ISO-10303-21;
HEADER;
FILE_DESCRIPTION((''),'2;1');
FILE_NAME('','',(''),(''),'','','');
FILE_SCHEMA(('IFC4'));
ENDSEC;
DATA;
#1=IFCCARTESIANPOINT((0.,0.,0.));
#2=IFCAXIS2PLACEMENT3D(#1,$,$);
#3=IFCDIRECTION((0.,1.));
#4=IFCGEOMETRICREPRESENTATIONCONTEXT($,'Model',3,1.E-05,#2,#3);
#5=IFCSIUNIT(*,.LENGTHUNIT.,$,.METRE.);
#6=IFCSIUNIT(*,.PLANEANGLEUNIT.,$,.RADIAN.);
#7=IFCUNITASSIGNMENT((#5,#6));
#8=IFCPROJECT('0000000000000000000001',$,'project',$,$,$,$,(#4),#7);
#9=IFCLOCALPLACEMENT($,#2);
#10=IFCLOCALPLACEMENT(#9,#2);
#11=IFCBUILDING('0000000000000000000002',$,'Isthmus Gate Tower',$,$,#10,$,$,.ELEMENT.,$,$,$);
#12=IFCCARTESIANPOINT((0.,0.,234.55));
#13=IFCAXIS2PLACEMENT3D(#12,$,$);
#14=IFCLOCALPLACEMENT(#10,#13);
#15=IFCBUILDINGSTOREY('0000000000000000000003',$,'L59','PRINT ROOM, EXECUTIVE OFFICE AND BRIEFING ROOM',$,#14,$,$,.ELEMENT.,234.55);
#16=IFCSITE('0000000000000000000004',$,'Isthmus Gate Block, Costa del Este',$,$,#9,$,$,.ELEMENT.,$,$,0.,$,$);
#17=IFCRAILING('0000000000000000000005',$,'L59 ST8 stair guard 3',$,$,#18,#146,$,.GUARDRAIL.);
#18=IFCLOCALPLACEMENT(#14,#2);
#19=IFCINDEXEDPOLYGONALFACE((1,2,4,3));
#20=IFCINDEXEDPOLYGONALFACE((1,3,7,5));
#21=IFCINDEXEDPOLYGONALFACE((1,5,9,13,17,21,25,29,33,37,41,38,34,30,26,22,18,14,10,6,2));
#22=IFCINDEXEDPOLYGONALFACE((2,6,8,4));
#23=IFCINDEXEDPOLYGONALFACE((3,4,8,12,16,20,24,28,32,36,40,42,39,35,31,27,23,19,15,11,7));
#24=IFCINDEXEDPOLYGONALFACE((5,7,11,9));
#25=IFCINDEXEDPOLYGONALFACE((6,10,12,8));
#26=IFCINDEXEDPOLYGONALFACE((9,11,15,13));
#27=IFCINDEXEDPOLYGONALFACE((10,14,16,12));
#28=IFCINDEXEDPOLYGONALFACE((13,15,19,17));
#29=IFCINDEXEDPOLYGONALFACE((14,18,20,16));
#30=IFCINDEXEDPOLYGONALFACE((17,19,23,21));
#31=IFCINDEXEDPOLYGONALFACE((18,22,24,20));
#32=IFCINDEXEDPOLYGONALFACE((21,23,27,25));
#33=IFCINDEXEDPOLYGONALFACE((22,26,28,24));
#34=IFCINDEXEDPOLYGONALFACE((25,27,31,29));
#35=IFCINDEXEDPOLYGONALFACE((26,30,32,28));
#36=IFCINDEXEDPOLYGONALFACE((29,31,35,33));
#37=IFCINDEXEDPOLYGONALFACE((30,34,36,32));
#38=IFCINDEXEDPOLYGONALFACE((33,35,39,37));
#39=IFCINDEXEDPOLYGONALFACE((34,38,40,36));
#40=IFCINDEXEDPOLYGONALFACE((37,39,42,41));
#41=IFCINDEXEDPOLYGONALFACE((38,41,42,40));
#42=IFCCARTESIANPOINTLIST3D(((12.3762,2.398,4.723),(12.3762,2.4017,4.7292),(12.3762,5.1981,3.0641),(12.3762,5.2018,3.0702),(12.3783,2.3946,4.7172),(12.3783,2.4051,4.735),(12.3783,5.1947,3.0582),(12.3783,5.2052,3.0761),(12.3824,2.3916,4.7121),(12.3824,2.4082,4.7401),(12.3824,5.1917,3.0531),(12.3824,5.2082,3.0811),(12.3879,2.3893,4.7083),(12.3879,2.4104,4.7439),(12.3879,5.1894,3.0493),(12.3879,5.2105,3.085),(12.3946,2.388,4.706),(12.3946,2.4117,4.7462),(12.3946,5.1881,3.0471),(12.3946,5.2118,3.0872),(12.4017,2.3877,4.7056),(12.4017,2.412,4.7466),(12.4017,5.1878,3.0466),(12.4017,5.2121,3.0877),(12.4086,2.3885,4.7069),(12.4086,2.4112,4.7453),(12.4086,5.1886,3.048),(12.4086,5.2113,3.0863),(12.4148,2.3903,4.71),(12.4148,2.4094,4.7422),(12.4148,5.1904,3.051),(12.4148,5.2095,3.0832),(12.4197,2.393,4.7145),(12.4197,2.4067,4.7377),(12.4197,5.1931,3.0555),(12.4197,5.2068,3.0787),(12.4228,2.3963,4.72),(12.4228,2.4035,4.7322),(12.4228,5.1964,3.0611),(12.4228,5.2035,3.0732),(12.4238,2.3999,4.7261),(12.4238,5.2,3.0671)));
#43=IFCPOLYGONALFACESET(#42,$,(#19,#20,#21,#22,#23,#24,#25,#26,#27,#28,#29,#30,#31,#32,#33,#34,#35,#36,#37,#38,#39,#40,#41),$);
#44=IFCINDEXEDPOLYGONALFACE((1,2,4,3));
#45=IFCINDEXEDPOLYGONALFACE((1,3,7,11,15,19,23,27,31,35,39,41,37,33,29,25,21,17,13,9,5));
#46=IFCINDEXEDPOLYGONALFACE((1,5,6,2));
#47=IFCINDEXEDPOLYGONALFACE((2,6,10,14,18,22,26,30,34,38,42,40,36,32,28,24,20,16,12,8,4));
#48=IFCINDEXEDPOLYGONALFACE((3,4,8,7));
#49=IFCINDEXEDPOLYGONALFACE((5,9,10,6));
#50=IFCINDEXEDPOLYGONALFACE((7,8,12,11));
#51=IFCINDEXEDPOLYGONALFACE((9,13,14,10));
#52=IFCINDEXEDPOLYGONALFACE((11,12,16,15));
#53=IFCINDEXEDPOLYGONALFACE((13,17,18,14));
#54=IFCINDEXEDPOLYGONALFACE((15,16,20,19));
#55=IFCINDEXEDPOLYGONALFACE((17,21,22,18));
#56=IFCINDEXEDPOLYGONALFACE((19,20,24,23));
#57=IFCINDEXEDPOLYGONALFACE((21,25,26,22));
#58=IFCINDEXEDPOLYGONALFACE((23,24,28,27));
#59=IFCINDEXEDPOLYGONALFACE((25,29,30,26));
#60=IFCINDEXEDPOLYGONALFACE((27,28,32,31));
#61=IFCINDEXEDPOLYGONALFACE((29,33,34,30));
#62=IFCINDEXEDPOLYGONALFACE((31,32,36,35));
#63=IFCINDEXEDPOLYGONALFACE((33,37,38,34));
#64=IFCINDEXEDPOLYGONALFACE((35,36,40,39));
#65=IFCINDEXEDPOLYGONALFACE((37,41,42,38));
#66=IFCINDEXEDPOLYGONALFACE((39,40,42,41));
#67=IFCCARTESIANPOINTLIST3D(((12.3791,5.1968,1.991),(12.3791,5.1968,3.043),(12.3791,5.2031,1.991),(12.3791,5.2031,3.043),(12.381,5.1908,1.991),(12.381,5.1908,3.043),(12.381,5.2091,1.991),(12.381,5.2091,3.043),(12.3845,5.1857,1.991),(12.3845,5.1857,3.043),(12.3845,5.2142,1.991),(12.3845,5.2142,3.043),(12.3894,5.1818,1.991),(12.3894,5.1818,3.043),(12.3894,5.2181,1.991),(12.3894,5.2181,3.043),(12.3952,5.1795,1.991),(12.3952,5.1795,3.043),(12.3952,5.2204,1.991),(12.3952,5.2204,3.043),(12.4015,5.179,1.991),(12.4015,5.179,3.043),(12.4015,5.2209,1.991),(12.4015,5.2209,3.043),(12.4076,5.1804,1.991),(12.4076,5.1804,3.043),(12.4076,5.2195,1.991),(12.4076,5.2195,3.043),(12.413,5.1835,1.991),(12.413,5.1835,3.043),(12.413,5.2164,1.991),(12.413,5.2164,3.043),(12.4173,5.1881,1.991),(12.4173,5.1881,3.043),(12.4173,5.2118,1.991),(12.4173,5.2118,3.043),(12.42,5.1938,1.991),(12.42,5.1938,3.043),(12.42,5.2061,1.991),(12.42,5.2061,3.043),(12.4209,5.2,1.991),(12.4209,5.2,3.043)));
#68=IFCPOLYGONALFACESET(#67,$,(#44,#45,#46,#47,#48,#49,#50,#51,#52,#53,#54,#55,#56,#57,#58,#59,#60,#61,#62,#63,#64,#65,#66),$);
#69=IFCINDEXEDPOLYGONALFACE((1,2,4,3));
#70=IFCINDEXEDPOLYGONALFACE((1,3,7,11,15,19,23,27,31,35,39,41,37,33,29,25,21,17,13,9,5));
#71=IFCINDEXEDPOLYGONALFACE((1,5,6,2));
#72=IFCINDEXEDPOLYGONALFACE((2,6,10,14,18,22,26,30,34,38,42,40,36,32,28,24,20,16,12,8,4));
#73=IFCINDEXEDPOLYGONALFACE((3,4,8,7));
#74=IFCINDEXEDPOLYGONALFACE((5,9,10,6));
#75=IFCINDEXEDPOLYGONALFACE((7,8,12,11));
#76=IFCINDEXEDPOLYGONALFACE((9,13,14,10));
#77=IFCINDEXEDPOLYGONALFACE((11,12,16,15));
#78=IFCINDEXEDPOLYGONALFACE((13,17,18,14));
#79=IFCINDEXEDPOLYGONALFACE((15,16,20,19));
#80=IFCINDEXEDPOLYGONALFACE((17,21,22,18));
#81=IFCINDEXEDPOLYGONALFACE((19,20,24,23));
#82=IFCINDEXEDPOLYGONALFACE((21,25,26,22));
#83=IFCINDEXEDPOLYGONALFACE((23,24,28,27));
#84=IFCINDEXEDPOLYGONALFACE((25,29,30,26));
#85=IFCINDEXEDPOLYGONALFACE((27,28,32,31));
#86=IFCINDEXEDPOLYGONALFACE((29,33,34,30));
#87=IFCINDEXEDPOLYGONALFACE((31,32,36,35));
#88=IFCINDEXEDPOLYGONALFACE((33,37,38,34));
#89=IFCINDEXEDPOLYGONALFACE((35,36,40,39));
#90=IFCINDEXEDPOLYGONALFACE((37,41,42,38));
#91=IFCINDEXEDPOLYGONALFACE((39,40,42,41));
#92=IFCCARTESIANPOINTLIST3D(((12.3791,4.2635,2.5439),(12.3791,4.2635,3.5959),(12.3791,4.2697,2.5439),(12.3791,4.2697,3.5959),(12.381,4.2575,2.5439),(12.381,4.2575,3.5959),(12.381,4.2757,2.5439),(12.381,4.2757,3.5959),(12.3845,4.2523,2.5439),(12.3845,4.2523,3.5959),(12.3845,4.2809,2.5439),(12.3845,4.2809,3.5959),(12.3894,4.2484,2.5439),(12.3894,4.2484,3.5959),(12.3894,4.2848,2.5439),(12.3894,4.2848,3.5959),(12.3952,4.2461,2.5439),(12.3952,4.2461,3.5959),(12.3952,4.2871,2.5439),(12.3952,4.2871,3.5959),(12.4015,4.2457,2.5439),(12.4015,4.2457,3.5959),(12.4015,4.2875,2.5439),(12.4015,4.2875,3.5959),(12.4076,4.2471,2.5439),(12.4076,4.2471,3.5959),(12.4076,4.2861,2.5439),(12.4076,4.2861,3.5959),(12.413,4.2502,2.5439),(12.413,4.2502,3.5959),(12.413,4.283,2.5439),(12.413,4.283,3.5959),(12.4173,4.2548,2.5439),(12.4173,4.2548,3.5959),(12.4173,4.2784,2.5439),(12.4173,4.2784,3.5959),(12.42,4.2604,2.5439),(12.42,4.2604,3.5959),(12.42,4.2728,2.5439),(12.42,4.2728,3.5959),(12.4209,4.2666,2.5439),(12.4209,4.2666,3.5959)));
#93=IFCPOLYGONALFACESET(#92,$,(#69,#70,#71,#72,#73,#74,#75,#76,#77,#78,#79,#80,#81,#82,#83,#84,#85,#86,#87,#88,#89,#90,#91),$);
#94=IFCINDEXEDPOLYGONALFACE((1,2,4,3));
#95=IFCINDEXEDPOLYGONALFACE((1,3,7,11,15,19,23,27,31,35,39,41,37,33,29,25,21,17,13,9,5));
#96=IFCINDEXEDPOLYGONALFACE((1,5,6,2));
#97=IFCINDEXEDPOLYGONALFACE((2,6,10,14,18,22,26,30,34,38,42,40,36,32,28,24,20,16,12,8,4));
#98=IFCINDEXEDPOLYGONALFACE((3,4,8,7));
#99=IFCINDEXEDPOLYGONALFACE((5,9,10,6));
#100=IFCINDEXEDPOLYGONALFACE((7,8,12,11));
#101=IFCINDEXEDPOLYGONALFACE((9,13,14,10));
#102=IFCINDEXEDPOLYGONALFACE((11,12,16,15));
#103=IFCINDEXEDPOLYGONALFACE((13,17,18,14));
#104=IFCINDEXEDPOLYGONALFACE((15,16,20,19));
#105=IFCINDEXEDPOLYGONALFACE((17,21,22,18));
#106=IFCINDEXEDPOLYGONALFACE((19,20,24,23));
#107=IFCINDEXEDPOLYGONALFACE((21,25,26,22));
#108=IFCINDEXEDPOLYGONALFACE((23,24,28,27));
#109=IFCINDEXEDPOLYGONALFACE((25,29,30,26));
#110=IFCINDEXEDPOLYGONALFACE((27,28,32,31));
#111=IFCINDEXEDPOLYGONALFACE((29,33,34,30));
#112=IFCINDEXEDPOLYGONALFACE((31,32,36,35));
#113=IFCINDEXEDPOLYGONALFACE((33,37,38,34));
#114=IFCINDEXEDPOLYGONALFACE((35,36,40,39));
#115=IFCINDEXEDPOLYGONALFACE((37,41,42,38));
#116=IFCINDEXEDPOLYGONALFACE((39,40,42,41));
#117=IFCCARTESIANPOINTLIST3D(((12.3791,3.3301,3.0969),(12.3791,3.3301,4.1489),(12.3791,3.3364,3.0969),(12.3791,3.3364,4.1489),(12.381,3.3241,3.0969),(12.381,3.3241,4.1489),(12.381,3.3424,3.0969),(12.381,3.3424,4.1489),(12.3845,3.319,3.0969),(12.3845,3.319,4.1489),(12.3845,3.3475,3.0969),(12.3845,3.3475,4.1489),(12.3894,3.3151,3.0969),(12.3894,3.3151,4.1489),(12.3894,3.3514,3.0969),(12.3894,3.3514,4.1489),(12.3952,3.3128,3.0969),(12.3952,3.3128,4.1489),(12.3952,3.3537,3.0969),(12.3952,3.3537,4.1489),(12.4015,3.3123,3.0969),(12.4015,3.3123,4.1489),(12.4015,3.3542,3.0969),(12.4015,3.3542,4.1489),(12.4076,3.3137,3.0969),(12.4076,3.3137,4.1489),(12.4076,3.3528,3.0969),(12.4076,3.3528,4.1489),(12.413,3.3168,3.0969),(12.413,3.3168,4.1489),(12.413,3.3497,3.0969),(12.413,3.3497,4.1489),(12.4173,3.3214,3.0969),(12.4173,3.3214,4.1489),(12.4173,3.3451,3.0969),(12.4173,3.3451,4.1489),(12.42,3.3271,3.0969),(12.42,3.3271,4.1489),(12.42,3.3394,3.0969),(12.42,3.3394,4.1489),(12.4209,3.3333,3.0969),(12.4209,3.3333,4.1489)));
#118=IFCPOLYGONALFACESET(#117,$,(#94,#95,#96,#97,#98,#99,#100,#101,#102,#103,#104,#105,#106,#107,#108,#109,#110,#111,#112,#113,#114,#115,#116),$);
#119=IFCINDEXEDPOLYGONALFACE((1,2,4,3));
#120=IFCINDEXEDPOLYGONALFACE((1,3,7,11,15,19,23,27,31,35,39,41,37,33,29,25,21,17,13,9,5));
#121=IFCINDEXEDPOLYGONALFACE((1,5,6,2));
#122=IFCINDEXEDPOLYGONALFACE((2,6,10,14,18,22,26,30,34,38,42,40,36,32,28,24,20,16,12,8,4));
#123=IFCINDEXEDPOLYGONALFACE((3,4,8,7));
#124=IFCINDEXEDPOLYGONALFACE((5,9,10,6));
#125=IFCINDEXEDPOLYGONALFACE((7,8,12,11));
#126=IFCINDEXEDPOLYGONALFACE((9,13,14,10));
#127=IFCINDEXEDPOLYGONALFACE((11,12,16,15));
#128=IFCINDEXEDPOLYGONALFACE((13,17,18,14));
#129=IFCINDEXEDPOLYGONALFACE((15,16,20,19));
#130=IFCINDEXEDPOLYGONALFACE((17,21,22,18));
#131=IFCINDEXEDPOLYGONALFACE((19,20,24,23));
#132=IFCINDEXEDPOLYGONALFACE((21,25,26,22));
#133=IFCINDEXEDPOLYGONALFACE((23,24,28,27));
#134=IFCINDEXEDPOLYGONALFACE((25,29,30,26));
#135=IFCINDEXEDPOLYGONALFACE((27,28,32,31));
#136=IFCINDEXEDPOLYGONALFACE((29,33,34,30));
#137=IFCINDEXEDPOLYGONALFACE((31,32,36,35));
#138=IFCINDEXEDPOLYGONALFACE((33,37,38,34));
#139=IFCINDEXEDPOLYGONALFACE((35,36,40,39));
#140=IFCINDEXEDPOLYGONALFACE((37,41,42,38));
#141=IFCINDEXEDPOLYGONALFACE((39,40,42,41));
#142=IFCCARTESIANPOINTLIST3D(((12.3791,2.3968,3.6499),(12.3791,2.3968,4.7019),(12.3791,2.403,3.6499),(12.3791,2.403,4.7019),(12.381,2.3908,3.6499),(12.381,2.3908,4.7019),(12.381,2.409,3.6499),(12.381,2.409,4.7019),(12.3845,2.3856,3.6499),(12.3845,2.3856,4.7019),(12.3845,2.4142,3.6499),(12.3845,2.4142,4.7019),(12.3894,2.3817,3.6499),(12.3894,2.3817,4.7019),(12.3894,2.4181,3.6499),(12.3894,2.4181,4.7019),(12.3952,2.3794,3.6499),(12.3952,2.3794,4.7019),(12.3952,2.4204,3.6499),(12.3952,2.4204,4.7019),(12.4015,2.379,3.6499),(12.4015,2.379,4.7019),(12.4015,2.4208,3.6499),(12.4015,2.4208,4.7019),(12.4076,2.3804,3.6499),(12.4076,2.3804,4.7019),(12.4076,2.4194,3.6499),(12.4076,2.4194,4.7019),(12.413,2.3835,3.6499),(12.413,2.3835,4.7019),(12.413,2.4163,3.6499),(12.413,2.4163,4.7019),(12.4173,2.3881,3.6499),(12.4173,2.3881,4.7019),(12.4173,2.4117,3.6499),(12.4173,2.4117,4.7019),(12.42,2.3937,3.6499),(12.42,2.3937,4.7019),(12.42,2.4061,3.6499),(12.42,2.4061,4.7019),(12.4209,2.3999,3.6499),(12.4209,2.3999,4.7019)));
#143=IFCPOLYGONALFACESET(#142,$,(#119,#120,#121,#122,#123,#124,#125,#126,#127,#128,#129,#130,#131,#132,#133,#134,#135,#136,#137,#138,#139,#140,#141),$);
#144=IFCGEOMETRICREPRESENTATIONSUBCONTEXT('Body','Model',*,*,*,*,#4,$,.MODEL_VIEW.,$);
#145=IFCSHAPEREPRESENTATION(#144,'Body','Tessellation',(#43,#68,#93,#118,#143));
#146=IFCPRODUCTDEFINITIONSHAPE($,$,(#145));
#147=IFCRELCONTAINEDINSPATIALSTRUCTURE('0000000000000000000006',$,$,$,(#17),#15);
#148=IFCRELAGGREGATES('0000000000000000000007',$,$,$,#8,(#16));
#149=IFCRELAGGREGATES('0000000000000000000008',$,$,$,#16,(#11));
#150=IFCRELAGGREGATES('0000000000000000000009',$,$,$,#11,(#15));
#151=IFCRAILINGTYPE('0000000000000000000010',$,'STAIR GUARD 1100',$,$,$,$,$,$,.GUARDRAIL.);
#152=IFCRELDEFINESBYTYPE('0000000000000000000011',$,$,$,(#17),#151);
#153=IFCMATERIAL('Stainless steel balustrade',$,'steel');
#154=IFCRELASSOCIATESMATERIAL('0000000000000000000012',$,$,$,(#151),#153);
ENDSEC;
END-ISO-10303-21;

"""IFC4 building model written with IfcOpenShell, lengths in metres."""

from ifc_helpers import new_model, si_unit, direction, frame, origin, origin_2d, place, context, subcontext, project, spatial, circle, extrude, material, type_object, element, save


model = new_model("IFC4")

# Units and contexts
model_context = context("Model", 3, precision=1e-05, world=origin(), true_north=direction((0.0, 1.0)))
body_context = subcontext(model_context, "Body", "Model", "MODEL_VIEW")
ifc_project = project(units=[si_unit("LENGTHUNIT", "METRE"), si_unit("PLANEANGLEUNIT", "RADIAN")], contexts=[model_context])

# Site, building, storey
site_placement = place(None, origin())
site = spatial("IfcSite", under=ifc_project, at=site_placement, Name="Isthmus Gate Block, Costa del Este", CompositionType="ELEMENT", RefElevation=0.0)
building_placement = place(site_placement, origin())
building = spatial("IfcBuilding", under=site, at=building_placement, Name="Isthmus Gate Tower", CompositionType="ELEMENT")
storey_placement = place(building_placement, frame((0.0, 0.0, 234.55)))
storey = spatial("IfcBuildingStorey", under=building, at=storey_placement, Name="L59", Description="PRINT ROOM, EXECUTIVE OFFICE AND BRIEFING ROOM", CompositionType="ELEMENT", Elevation=234.55)

# Railing
ifc_material_1 = material(Name="Stainless steel balustrade", Category="steel")
railing_type_1 = type_object("IfcRailingType", Name="STAIR GUARD 1100", PredefinedType="GUARDRAIL", material=ifc_material_1)
railing_1_placement = place(storey_placement, frame((12.3999, 5.2, 1.991)))
element("IfcRailing", 1, at=railing_1_placement, inside=storey, type_object=railing_type_1, Name="L59 ST8 stair guard 3", PredefinedType="GUARDRAIL", context=body_context, shape_type="SweptSolid", body=[
    extrude(circle(Radius=0.0239, at=origin_2d()), frame((0.0, 0.0, 1.0762), z_axis=(0.0, -0.860339, 0.509722), x_axis=(1.0, 0.0, 0.0)), (0.0, 0.0, 1.0), 3.2546),
    extrude(circle(Radius=0.021, at=origin_2d()), origin(), (0.0, 0.0, 1.0), 1.052),
    extrude(circle(Radius=0.021, at=origin_2d()), frame((0.0, -0.9333, 0.553)), (0.0, 0.0, 1.0), 1.052),
    extrude(circle(Radius=0.021, at=origin_2d()), frame((0.0, -1.8667, 1.106)), (0.0, 0.0, 1.0), 1.052),
    extrude(circle(Radius=0.021, at=origin_2d()), frame((0.0, -2.8, 1.6589)), (0.0, 0.0, 1.0), 1.052),
])

save(model, "model.ifc")
